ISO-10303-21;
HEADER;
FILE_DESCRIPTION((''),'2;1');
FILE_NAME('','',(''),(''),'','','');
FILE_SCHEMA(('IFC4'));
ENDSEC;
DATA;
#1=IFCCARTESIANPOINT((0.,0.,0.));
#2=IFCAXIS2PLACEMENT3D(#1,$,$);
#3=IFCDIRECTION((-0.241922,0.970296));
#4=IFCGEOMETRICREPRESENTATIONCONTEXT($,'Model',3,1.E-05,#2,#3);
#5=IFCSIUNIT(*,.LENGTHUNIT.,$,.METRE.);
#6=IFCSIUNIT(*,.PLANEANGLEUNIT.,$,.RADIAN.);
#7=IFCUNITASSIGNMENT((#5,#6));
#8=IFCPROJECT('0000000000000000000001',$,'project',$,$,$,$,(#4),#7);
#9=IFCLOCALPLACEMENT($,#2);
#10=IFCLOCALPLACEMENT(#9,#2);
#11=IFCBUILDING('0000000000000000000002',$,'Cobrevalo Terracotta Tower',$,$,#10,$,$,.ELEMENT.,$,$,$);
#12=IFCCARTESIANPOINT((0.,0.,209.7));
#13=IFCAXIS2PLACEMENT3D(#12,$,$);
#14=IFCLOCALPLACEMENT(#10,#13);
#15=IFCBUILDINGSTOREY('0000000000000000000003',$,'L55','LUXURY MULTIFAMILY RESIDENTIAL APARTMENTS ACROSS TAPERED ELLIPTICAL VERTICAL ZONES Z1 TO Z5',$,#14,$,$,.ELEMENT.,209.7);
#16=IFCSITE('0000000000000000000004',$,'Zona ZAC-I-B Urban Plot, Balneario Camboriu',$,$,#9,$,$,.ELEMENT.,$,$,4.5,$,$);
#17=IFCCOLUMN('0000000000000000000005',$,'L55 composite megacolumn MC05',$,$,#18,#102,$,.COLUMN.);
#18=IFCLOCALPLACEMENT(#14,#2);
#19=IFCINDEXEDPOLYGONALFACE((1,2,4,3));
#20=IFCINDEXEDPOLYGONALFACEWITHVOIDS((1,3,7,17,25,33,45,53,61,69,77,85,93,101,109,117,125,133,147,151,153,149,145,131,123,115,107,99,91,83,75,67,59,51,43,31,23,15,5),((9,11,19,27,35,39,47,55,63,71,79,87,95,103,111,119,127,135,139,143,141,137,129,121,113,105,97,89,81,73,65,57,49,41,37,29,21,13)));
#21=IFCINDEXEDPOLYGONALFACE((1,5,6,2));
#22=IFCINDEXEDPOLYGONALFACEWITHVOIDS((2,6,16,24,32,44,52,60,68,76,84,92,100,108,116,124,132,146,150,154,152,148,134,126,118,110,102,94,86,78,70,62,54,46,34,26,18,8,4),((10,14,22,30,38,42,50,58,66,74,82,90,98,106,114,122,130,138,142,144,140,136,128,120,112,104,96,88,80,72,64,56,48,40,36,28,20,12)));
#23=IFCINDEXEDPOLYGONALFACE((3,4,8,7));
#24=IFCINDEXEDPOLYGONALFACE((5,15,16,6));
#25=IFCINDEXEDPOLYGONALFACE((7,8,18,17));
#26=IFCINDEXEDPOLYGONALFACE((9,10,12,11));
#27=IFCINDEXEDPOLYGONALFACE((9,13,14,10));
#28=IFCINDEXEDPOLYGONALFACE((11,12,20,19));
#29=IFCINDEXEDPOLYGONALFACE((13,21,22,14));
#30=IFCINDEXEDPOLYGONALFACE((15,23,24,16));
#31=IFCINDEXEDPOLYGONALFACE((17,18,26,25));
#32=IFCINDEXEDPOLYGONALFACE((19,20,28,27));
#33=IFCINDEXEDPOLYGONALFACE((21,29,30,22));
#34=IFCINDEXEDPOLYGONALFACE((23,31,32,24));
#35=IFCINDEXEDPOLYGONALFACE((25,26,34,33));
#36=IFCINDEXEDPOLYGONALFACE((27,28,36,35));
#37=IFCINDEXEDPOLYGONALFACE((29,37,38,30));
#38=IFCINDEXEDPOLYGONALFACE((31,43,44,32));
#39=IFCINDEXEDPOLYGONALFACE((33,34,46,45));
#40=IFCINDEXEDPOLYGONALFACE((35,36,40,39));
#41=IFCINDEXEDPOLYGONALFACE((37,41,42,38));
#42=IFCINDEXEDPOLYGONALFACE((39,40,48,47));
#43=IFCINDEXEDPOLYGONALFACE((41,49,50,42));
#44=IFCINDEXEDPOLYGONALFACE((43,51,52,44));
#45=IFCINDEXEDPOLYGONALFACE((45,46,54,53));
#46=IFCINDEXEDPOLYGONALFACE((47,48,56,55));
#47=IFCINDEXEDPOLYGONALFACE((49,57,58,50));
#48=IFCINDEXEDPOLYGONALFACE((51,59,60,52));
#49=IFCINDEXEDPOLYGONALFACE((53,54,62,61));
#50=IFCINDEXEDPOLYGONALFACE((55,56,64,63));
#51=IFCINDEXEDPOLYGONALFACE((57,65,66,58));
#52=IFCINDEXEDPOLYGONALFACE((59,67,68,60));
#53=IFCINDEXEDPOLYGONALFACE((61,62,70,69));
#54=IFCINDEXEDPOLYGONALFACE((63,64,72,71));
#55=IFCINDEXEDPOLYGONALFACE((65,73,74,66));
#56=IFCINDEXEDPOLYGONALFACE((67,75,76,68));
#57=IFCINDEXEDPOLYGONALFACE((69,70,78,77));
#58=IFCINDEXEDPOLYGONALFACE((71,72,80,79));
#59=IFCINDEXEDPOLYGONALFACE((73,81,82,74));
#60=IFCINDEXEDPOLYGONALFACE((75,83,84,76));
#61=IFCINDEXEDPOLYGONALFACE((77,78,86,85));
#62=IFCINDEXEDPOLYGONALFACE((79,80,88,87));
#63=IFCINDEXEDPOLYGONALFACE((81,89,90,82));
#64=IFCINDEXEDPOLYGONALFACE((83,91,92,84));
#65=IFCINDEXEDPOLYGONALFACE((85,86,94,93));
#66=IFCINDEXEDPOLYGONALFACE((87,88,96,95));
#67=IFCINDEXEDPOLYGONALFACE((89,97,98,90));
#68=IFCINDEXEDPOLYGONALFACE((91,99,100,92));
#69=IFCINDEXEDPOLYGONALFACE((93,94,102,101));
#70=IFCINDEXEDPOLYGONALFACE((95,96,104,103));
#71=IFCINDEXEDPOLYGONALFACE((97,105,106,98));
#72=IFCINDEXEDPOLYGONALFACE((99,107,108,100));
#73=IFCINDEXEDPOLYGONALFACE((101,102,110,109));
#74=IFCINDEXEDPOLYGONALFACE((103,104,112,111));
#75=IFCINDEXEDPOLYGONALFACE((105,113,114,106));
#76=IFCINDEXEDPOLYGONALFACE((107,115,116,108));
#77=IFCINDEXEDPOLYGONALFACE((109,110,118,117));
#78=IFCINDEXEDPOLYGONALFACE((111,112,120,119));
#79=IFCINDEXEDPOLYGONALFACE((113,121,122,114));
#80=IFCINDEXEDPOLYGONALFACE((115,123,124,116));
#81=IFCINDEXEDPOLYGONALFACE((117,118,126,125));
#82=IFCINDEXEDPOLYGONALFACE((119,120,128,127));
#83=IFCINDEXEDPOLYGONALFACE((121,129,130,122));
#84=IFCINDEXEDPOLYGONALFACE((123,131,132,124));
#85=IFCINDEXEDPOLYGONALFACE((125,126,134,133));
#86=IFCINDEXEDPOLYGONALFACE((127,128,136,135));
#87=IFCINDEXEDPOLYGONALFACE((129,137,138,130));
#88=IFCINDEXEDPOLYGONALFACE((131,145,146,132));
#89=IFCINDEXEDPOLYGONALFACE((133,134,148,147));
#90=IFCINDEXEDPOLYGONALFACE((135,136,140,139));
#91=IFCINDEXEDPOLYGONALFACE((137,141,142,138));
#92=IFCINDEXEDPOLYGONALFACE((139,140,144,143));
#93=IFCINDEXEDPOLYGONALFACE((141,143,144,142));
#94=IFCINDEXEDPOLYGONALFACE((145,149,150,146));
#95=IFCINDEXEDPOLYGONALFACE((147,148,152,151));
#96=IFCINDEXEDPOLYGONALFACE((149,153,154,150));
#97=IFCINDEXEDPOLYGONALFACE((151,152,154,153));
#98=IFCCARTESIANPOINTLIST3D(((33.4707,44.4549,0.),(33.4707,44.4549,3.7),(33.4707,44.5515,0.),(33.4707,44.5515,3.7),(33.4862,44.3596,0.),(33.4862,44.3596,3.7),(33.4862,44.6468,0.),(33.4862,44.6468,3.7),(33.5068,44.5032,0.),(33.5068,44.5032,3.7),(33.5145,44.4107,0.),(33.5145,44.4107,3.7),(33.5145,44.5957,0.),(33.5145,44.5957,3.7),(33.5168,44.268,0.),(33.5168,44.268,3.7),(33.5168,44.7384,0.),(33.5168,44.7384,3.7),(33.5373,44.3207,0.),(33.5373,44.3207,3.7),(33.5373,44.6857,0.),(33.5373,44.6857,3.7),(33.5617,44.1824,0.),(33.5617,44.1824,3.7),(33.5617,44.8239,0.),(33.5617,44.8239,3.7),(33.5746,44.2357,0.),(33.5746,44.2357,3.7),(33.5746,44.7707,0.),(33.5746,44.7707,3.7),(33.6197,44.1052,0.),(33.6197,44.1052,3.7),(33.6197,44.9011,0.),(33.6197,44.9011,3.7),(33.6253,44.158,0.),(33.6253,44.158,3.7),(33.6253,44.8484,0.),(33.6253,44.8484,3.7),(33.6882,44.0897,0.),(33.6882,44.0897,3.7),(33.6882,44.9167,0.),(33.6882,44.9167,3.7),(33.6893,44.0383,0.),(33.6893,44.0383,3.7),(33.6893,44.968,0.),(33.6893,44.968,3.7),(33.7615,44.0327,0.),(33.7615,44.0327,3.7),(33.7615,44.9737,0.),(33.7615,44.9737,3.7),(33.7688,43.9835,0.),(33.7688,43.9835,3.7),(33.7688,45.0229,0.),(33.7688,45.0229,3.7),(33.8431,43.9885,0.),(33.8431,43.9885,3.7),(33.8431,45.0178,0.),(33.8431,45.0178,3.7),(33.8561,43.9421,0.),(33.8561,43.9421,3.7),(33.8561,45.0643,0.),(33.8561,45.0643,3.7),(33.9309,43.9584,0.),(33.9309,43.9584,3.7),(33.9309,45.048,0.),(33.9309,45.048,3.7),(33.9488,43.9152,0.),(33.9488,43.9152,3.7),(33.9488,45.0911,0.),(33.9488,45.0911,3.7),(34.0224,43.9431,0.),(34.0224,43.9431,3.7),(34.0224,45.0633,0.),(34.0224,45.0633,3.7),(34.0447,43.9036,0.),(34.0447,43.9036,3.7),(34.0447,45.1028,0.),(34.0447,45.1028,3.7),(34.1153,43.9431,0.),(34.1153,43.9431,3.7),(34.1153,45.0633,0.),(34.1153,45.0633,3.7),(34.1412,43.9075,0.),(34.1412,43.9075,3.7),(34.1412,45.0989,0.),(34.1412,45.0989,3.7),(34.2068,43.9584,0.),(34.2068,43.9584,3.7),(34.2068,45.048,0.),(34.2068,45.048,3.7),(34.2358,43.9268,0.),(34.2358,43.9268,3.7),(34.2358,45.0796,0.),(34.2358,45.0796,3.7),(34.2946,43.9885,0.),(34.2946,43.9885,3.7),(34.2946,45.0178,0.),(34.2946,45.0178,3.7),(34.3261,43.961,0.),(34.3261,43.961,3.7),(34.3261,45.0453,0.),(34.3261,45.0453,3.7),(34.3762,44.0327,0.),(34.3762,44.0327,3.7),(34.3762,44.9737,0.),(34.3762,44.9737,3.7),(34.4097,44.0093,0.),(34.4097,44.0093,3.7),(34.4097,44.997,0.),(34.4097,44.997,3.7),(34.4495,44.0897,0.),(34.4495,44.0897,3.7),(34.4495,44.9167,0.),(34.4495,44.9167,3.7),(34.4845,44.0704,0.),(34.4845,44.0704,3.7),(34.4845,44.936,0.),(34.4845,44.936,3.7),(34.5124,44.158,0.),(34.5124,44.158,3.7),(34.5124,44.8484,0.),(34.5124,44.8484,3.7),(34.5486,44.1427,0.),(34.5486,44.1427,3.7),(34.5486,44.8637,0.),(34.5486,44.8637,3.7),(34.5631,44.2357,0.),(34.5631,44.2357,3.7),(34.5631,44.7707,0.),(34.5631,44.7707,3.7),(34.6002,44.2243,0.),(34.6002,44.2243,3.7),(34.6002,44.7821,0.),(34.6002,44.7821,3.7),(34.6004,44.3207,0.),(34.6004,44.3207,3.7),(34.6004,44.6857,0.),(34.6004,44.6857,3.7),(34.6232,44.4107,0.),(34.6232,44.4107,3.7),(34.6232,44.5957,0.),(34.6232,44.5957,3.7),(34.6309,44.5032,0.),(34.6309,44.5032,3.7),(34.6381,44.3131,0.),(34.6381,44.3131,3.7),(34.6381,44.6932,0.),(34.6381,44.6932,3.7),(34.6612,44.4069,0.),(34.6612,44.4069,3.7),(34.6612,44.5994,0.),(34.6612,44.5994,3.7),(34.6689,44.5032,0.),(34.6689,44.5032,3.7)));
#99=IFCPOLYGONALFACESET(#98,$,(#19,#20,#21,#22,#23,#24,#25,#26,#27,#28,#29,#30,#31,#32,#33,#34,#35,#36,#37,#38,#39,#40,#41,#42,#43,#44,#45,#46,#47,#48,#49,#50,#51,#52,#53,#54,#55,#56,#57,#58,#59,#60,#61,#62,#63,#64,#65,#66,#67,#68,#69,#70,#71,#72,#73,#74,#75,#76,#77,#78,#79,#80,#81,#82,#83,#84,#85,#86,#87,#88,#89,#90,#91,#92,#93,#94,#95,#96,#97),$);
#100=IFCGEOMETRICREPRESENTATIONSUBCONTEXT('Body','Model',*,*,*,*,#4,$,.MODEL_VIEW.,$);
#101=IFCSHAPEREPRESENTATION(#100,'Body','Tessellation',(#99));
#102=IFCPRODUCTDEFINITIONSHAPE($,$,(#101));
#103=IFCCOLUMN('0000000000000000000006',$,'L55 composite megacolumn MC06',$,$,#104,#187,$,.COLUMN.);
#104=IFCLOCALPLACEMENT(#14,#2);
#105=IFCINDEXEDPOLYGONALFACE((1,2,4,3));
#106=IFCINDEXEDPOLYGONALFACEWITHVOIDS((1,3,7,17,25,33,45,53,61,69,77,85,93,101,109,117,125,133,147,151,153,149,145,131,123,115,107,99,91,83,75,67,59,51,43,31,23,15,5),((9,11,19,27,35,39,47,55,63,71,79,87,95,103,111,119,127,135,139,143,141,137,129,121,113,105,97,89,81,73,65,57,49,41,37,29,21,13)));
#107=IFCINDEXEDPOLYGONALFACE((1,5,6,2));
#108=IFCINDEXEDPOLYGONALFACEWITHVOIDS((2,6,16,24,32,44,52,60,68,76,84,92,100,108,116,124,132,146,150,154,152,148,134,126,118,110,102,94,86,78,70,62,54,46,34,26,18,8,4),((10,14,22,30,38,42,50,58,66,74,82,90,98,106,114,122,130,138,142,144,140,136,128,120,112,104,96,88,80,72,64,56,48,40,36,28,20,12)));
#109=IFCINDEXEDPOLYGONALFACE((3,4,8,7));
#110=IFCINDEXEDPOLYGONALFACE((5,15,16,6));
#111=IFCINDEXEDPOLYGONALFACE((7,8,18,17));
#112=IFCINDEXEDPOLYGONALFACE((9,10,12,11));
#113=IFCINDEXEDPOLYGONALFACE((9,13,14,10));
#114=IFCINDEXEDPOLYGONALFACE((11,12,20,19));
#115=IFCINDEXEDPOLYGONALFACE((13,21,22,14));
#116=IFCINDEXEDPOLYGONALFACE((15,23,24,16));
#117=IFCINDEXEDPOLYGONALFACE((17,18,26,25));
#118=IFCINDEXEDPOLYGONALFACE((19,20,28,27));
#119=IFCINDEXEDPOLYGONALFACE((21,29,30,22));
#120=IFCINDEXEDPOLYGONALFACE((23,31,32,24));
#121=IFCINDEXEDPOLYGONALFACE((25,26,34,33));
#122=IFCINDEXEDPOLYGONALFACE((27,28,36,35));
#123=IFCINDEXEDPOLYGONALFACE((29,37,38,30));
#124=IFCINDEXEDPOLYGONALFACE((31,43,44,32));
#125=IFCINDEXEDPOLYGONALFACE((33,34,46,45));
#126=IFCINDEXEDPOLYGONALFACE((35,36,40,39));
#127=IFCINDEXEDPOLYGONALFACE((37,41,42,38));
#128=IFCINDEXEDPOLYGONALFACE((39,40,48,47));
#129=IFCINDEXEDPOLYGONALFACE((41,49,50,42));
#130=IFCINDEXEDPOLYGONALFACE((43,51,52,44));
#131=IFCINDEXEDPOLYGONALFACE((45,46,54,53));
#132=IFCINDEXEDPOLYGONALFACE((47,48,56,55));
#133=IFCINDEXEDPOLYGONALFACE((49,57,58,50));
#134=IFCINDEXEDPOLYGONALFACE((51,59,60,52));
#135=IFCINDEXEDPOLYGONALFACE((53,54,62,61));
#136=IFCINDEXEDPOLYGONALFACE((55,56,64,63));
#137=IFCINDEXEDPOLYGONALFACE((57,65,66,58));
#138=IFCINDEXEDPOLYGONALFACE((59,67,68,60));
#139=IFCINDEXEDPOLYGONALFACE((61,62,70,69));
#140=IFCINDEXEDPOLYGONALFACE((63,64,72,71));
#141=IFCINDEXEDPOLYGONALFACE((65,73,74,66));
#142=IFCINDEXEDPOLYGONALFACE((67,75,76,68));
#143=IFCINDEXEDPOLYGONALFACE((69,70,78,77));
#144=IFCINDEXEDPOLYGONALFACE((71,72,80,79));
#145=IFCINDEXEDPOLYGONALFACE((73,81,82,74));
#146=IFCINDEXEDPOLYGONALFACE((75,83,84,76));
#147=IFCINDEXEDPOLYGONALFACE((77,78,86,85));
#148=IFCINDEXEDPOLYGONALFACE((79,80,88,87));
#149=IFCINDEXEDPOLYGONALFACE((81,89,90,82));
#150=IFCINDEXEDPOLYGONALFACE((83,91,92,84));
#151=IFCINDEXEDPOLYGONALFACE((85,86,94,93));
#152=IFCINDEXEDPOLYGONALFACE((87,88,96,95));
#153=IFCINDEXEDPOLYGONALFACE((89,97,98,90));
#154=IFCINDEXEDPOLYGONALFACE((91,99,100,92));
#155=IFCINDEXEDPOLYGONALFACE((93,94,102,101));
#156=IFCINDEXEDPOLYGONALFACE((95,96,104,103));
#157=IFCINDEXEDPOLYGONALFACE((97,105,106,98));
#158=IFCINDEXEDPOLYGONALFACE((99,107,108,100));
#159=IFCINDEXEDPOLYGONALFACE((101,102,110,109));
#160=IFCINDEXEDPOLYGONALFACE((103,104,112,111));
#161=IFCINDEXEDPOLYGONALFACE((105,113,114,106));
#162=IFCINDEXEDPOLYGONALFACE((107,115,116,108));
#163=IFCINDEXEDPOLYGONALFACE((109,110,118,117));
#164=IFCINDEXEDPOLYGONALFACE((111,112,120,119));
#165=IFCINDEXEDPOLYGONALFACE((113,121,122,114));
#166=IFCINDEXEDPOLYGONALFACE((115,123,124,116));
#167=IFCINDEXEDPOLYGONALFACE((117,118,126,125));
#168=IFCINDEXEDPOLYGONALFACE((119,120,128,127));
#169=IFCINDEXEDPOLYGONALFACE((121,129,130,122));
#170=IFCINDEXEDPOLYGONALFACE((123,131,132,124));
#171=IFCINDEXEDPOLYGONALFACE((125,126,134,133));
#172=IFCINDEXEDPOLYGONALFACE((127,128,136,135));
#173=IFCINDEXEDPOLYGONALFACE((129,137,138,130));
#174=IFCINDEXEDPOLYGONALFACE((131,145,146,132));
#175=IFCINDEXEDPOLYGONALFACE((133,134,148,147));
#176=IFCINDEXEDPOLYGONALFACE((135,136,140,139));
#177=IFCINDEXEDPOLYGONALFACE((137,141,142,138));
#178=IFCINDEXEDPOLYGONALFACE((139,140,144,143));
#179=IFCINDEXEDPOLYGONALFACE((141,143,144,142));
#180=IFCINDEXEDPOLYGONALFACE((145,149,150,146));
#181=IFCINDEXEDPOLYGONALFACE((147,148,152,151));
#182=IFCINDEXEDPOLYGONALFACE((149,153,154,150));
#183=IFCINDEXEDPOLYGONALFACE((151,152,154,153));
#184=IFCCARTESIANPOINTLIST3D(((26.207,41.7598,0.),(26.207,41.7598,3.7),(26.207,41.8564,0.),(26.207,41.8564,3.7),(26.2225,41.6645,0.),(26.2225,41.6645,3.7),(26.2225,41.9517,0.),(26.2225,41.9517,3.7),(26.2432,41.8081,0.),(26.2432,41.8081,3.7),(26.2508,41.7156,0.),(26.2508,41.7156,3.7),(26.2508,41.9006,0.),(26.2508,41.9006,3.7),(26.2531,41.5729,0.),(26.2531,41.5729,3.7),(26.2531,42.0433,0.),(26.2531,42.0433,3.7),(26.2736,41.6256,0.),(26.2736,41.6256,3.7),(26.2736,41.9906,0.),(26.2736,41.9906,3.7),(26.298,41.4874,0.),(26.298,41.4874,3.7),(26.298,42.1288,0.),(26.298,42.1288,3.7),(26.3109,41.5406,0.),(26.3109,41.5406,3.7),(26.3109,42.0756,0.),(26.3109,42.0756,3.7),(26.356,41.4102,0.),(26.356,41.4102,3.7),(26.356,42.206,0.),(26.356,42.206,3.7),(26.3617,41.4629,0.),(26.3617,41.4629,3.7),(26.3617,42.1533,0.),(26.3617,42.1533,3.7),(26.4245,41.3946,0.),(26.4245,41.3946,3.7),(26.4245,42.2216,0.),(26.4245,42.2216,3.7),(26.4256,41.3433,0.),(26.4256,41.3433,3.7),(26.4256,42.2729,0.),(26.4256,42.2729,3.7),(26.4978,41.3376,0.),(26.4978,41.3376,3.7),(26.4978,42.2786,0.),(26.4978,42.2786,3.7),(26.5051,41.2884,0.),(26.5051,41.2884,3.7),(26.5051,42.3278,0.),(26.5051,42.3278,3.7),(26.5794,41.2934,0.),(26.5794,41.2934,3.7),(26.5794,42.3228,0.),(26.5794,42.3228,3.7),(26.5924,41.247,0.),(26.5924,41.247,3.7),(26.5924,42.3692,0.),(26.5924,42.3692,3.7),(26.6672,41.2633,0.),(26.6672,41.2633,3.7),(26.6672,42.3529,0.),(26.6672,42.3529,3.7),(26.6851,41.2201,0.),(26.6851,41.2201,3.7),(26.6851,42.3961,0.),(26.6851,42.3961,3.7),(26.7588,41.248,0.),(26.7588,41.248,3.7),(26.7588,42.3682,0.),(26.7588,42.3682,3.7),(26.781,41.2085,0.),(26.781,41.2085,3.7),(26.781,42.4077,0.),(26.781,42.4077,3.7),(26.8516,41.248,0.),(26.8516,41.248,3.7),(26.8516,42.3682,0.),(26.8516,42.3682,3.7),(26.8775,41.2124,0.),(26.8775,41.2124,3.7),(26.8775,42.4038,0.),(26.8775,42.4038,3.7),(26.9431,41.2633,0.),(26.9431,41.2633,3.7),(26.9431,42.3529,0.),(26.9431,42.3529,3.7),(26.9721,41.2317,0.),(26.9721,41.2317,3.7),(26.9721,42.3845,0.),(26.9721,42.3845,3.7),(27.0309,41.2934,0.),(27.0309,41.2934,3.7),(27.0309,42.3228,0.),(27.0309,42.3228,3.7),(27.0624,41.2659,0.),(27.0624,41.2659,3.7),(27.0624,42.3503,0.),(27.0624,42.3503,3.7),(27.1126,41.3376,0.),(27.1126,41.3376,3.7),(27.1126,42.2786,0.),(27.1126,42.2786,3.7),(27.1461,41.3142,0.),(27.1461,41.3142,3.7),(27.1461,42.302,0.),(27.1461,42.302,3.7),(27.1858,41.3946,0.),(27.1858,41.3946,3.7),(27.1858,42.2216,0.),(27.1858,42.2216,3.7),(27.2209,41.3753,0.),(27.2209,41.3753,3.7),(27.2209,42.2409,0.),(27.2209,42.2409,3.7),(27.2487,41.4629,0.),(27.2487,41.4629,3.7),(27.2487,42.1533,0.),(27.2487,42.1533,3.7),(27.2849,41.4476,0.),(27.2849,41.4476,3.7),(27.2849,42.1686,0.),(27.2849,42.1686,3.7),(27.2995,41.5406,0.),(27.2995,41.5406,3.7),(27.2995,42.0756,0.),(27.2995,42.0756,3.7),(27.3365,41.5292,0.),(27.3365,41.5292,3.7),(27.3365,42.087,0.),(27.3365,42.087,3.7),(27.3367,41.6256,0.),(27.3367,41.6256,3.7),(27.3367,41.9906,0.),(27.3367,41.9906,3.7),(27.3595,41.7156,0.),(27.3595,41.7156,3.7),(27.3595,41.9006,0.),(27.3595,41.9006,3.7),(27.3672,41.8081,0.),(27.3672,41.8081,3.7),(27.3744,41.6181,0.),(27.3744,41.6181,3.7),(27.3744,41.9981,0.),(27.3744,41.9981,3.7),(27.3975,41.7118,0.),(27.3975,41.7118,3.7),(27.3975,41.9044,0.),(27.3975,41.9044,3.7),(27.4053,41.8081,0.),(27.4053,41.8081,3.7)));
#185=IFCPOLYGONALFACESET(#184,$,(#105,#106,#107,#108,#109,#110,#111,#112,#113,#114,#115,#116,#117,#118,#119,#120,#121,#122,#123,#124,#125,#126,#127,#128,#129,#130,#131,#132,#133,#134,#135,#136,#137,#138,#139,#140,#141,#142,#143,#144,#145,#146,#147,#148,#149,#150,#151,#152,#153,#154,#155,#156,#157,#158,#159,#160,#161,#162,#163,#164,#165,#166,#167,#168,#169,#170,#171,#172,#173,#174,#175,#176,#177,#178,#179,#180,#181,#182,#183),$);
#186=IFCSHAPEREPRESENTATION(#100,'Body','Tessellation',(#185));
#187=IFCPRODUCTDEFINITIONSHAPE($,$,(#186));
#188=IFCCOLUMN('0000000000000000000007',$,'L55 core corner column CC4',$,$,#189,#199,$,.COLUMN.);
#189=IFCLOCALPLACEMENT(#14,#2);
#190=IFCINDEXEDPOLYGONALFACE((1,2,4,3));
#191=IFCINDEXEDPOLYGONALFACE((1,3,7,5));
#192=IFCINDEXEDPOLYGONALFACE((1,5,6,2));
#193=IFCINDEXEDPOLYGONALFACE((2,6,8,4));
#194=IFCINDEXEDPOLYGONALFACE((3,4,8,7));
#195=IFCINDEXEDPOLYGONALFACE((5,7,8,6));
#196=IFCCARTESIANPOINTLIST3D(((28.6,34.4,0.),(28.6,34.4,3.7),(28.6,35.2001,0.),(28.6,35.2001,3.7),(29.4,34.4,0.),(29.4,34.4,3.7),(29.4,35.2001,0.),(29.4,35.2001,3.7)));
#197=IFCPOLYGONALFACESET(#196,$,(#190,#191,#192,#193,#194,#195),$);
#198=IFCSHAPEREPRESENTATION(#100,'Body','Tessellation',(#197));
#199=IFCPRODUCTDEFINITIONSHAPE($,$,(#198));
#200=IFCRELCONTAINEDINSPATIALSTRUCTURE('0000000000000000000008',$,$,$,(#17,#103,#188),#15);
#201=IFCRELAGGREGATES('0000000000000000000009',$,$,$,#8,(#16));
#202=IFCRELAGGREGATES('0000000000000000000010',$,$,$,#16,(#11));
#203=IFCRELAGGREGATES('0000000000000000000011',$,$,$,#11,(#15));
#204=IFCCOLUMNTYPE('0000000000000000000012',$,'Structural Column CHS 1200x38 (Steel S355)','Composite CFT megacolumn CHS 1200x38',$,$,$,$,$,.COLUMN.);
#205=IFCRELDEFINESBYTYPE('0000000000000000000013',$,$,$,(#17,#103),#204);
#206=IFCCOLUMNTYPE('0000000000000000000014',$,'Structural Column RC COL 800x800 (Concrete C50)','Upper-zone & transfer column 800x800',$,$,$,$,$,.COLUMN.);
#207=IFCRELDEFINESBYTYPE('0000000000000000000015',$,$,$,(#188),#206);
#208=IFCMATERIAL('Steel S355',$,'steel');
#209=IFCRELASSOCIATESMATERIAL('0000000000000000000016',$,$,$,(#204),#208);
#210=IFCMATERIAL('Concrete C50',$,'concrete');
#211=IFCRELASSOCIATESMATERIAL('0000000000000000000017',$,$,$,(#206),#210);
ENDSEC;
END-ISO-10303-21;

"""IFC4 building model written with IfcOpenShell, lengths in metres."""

from ifc_helpers import new_model, si_unit, direction, frame, origin, origin_2d, place, context, subcontext, project, spatial, rectangle, hollow_circle, extrude, material, material_profile, profile_set, type_object, element, save


model = new_model("IFC4")

# Units and contexts
model_context = context("Model", 3, precision=1e-05, world=origin(), true_north=direction((-0.241922, 0.970296)))
body_context = subcontext(model_context, "Body", "Model", "MODEL_VIEW")
ifc_project = project(units=[si_unit("LENGTHUNIT", "METRE"), si_unit("PLANEANGLEUNIT", "RADIAN")], contexts=[model_context])

# Site, building, storey
site_placement = place(None, origin())
site = spatial("IfcSite", under=ifc_project, at=site_placement, Name="Zona ZAC-I-B Urban Plot, Balneario Camboriu", CompositionType="ELEMENT", RefElevation=4.5)
building_placement = place(site_placement, origin())
building = spatial("IfcBuilding", under=site, at=building_placement, Name="Cobrevalo Terracotta Tower", CompositionType="ELEMENT")
storey_placement = place(building_placement, frame((0.0, 0.0, 209.7)))
storey = spatial("IfcBuildingStorey", under=building, at=storey_placement, Name="L55", Description="LUXURY MULTIFAMILY RESIDENTIAL APARTMENTS ACROSS TAPERED ELLIPTICAL VERTICAL ZONES Z1 TO Z5", CompositionType="ELEMENT", Elevation=209.7)

# Columns
ifc_material_1 = material(Name="Steel S355", Category="steel")
ifc_material_profile_1 = material_profile(ifc_material_1, hollow_circle(Radius=0.6001, WallThickness=0.0381, at=origin_2d()), Name="CHS 1200x38")
ifc_profile_set_1 = profile_set([ifc_material_profile_1], Name="Steel S355")
column_type_1 = type_object("IfcColumnType", Name="Structural Column CHS 1200x38 (Steel S355)", Description="Composite CFT megacolumn CHS 1200x38", PredefinedType="COLUMN", material=ifc_profile_set_1)
for number, where, z_axis, x_axis, name in (
    (1, (34.0688, 44.5032, 0.0), (0.0, 0.0, 1.0), (1.0, 0.0, 0.0), "L55 composite megacolumn MC05"),
    (2, (26.8052, 41.8081, 0.0), (0.0, 0.0, 1.0), (1.0, 0.0, 0.0), "L55 composite megacolumn MC06"),
):
    element("IfcColumn", number, at=place(storey_placement, frame(where, z_axis=z_axis, x_axis=x_axis)), inside=storey, type_object=column_type_1, Name=name, PredefinedType="COLUMN", context=body_context, shape_type="SweptSolid", body=[
        extrude(hollow_circle(Radius=0.6001, WallThickness=0.0381, at=origin_2d()), origin(), (0.0, 0.0, 1.0), 3.7),
    ])
ifc_material_2 = material(Name="Concrete C50", Category="concrete")
ifc_material_profile_2 = material_profile(ifc_material_2, rectangle(XDim=0.8, YDim=0.8, at=origin_2d()), Name="RC COL 800x800")
ifc_profile_set_2 = profile_set([ifc_material_profile_2], Name="Concrete C50")
column_type_2 = type_object("IfcColumnType", Name="Structural Column RC COL 800x800 (Concrete C50)", Description="Upper-zone & transfer column 800x800", PredefinedType="COLUMN", material=ifc_profile_set_2)
column_placement = place(storey_placement, frame((29.0, 34.8, 0.0), z_axis=(0.0, 0.0, 1.0), x_axis=(1.0, 0.0, 0.0)))
element("IfcColumn", 3, at=column_placement, inside=storey, type_object=column_type_2, Name="L55 core corner column CC4", PredefinedType="COLUMN", context=body_context, shape_type="SweptSolid", body=[
    extrude(rectangle(XDim=0.8, YDim=0.8, at=origin_2d()), origin(), (0.0, 0.0, 1.0), 3.7),
])

save(model, "model.ifc")
